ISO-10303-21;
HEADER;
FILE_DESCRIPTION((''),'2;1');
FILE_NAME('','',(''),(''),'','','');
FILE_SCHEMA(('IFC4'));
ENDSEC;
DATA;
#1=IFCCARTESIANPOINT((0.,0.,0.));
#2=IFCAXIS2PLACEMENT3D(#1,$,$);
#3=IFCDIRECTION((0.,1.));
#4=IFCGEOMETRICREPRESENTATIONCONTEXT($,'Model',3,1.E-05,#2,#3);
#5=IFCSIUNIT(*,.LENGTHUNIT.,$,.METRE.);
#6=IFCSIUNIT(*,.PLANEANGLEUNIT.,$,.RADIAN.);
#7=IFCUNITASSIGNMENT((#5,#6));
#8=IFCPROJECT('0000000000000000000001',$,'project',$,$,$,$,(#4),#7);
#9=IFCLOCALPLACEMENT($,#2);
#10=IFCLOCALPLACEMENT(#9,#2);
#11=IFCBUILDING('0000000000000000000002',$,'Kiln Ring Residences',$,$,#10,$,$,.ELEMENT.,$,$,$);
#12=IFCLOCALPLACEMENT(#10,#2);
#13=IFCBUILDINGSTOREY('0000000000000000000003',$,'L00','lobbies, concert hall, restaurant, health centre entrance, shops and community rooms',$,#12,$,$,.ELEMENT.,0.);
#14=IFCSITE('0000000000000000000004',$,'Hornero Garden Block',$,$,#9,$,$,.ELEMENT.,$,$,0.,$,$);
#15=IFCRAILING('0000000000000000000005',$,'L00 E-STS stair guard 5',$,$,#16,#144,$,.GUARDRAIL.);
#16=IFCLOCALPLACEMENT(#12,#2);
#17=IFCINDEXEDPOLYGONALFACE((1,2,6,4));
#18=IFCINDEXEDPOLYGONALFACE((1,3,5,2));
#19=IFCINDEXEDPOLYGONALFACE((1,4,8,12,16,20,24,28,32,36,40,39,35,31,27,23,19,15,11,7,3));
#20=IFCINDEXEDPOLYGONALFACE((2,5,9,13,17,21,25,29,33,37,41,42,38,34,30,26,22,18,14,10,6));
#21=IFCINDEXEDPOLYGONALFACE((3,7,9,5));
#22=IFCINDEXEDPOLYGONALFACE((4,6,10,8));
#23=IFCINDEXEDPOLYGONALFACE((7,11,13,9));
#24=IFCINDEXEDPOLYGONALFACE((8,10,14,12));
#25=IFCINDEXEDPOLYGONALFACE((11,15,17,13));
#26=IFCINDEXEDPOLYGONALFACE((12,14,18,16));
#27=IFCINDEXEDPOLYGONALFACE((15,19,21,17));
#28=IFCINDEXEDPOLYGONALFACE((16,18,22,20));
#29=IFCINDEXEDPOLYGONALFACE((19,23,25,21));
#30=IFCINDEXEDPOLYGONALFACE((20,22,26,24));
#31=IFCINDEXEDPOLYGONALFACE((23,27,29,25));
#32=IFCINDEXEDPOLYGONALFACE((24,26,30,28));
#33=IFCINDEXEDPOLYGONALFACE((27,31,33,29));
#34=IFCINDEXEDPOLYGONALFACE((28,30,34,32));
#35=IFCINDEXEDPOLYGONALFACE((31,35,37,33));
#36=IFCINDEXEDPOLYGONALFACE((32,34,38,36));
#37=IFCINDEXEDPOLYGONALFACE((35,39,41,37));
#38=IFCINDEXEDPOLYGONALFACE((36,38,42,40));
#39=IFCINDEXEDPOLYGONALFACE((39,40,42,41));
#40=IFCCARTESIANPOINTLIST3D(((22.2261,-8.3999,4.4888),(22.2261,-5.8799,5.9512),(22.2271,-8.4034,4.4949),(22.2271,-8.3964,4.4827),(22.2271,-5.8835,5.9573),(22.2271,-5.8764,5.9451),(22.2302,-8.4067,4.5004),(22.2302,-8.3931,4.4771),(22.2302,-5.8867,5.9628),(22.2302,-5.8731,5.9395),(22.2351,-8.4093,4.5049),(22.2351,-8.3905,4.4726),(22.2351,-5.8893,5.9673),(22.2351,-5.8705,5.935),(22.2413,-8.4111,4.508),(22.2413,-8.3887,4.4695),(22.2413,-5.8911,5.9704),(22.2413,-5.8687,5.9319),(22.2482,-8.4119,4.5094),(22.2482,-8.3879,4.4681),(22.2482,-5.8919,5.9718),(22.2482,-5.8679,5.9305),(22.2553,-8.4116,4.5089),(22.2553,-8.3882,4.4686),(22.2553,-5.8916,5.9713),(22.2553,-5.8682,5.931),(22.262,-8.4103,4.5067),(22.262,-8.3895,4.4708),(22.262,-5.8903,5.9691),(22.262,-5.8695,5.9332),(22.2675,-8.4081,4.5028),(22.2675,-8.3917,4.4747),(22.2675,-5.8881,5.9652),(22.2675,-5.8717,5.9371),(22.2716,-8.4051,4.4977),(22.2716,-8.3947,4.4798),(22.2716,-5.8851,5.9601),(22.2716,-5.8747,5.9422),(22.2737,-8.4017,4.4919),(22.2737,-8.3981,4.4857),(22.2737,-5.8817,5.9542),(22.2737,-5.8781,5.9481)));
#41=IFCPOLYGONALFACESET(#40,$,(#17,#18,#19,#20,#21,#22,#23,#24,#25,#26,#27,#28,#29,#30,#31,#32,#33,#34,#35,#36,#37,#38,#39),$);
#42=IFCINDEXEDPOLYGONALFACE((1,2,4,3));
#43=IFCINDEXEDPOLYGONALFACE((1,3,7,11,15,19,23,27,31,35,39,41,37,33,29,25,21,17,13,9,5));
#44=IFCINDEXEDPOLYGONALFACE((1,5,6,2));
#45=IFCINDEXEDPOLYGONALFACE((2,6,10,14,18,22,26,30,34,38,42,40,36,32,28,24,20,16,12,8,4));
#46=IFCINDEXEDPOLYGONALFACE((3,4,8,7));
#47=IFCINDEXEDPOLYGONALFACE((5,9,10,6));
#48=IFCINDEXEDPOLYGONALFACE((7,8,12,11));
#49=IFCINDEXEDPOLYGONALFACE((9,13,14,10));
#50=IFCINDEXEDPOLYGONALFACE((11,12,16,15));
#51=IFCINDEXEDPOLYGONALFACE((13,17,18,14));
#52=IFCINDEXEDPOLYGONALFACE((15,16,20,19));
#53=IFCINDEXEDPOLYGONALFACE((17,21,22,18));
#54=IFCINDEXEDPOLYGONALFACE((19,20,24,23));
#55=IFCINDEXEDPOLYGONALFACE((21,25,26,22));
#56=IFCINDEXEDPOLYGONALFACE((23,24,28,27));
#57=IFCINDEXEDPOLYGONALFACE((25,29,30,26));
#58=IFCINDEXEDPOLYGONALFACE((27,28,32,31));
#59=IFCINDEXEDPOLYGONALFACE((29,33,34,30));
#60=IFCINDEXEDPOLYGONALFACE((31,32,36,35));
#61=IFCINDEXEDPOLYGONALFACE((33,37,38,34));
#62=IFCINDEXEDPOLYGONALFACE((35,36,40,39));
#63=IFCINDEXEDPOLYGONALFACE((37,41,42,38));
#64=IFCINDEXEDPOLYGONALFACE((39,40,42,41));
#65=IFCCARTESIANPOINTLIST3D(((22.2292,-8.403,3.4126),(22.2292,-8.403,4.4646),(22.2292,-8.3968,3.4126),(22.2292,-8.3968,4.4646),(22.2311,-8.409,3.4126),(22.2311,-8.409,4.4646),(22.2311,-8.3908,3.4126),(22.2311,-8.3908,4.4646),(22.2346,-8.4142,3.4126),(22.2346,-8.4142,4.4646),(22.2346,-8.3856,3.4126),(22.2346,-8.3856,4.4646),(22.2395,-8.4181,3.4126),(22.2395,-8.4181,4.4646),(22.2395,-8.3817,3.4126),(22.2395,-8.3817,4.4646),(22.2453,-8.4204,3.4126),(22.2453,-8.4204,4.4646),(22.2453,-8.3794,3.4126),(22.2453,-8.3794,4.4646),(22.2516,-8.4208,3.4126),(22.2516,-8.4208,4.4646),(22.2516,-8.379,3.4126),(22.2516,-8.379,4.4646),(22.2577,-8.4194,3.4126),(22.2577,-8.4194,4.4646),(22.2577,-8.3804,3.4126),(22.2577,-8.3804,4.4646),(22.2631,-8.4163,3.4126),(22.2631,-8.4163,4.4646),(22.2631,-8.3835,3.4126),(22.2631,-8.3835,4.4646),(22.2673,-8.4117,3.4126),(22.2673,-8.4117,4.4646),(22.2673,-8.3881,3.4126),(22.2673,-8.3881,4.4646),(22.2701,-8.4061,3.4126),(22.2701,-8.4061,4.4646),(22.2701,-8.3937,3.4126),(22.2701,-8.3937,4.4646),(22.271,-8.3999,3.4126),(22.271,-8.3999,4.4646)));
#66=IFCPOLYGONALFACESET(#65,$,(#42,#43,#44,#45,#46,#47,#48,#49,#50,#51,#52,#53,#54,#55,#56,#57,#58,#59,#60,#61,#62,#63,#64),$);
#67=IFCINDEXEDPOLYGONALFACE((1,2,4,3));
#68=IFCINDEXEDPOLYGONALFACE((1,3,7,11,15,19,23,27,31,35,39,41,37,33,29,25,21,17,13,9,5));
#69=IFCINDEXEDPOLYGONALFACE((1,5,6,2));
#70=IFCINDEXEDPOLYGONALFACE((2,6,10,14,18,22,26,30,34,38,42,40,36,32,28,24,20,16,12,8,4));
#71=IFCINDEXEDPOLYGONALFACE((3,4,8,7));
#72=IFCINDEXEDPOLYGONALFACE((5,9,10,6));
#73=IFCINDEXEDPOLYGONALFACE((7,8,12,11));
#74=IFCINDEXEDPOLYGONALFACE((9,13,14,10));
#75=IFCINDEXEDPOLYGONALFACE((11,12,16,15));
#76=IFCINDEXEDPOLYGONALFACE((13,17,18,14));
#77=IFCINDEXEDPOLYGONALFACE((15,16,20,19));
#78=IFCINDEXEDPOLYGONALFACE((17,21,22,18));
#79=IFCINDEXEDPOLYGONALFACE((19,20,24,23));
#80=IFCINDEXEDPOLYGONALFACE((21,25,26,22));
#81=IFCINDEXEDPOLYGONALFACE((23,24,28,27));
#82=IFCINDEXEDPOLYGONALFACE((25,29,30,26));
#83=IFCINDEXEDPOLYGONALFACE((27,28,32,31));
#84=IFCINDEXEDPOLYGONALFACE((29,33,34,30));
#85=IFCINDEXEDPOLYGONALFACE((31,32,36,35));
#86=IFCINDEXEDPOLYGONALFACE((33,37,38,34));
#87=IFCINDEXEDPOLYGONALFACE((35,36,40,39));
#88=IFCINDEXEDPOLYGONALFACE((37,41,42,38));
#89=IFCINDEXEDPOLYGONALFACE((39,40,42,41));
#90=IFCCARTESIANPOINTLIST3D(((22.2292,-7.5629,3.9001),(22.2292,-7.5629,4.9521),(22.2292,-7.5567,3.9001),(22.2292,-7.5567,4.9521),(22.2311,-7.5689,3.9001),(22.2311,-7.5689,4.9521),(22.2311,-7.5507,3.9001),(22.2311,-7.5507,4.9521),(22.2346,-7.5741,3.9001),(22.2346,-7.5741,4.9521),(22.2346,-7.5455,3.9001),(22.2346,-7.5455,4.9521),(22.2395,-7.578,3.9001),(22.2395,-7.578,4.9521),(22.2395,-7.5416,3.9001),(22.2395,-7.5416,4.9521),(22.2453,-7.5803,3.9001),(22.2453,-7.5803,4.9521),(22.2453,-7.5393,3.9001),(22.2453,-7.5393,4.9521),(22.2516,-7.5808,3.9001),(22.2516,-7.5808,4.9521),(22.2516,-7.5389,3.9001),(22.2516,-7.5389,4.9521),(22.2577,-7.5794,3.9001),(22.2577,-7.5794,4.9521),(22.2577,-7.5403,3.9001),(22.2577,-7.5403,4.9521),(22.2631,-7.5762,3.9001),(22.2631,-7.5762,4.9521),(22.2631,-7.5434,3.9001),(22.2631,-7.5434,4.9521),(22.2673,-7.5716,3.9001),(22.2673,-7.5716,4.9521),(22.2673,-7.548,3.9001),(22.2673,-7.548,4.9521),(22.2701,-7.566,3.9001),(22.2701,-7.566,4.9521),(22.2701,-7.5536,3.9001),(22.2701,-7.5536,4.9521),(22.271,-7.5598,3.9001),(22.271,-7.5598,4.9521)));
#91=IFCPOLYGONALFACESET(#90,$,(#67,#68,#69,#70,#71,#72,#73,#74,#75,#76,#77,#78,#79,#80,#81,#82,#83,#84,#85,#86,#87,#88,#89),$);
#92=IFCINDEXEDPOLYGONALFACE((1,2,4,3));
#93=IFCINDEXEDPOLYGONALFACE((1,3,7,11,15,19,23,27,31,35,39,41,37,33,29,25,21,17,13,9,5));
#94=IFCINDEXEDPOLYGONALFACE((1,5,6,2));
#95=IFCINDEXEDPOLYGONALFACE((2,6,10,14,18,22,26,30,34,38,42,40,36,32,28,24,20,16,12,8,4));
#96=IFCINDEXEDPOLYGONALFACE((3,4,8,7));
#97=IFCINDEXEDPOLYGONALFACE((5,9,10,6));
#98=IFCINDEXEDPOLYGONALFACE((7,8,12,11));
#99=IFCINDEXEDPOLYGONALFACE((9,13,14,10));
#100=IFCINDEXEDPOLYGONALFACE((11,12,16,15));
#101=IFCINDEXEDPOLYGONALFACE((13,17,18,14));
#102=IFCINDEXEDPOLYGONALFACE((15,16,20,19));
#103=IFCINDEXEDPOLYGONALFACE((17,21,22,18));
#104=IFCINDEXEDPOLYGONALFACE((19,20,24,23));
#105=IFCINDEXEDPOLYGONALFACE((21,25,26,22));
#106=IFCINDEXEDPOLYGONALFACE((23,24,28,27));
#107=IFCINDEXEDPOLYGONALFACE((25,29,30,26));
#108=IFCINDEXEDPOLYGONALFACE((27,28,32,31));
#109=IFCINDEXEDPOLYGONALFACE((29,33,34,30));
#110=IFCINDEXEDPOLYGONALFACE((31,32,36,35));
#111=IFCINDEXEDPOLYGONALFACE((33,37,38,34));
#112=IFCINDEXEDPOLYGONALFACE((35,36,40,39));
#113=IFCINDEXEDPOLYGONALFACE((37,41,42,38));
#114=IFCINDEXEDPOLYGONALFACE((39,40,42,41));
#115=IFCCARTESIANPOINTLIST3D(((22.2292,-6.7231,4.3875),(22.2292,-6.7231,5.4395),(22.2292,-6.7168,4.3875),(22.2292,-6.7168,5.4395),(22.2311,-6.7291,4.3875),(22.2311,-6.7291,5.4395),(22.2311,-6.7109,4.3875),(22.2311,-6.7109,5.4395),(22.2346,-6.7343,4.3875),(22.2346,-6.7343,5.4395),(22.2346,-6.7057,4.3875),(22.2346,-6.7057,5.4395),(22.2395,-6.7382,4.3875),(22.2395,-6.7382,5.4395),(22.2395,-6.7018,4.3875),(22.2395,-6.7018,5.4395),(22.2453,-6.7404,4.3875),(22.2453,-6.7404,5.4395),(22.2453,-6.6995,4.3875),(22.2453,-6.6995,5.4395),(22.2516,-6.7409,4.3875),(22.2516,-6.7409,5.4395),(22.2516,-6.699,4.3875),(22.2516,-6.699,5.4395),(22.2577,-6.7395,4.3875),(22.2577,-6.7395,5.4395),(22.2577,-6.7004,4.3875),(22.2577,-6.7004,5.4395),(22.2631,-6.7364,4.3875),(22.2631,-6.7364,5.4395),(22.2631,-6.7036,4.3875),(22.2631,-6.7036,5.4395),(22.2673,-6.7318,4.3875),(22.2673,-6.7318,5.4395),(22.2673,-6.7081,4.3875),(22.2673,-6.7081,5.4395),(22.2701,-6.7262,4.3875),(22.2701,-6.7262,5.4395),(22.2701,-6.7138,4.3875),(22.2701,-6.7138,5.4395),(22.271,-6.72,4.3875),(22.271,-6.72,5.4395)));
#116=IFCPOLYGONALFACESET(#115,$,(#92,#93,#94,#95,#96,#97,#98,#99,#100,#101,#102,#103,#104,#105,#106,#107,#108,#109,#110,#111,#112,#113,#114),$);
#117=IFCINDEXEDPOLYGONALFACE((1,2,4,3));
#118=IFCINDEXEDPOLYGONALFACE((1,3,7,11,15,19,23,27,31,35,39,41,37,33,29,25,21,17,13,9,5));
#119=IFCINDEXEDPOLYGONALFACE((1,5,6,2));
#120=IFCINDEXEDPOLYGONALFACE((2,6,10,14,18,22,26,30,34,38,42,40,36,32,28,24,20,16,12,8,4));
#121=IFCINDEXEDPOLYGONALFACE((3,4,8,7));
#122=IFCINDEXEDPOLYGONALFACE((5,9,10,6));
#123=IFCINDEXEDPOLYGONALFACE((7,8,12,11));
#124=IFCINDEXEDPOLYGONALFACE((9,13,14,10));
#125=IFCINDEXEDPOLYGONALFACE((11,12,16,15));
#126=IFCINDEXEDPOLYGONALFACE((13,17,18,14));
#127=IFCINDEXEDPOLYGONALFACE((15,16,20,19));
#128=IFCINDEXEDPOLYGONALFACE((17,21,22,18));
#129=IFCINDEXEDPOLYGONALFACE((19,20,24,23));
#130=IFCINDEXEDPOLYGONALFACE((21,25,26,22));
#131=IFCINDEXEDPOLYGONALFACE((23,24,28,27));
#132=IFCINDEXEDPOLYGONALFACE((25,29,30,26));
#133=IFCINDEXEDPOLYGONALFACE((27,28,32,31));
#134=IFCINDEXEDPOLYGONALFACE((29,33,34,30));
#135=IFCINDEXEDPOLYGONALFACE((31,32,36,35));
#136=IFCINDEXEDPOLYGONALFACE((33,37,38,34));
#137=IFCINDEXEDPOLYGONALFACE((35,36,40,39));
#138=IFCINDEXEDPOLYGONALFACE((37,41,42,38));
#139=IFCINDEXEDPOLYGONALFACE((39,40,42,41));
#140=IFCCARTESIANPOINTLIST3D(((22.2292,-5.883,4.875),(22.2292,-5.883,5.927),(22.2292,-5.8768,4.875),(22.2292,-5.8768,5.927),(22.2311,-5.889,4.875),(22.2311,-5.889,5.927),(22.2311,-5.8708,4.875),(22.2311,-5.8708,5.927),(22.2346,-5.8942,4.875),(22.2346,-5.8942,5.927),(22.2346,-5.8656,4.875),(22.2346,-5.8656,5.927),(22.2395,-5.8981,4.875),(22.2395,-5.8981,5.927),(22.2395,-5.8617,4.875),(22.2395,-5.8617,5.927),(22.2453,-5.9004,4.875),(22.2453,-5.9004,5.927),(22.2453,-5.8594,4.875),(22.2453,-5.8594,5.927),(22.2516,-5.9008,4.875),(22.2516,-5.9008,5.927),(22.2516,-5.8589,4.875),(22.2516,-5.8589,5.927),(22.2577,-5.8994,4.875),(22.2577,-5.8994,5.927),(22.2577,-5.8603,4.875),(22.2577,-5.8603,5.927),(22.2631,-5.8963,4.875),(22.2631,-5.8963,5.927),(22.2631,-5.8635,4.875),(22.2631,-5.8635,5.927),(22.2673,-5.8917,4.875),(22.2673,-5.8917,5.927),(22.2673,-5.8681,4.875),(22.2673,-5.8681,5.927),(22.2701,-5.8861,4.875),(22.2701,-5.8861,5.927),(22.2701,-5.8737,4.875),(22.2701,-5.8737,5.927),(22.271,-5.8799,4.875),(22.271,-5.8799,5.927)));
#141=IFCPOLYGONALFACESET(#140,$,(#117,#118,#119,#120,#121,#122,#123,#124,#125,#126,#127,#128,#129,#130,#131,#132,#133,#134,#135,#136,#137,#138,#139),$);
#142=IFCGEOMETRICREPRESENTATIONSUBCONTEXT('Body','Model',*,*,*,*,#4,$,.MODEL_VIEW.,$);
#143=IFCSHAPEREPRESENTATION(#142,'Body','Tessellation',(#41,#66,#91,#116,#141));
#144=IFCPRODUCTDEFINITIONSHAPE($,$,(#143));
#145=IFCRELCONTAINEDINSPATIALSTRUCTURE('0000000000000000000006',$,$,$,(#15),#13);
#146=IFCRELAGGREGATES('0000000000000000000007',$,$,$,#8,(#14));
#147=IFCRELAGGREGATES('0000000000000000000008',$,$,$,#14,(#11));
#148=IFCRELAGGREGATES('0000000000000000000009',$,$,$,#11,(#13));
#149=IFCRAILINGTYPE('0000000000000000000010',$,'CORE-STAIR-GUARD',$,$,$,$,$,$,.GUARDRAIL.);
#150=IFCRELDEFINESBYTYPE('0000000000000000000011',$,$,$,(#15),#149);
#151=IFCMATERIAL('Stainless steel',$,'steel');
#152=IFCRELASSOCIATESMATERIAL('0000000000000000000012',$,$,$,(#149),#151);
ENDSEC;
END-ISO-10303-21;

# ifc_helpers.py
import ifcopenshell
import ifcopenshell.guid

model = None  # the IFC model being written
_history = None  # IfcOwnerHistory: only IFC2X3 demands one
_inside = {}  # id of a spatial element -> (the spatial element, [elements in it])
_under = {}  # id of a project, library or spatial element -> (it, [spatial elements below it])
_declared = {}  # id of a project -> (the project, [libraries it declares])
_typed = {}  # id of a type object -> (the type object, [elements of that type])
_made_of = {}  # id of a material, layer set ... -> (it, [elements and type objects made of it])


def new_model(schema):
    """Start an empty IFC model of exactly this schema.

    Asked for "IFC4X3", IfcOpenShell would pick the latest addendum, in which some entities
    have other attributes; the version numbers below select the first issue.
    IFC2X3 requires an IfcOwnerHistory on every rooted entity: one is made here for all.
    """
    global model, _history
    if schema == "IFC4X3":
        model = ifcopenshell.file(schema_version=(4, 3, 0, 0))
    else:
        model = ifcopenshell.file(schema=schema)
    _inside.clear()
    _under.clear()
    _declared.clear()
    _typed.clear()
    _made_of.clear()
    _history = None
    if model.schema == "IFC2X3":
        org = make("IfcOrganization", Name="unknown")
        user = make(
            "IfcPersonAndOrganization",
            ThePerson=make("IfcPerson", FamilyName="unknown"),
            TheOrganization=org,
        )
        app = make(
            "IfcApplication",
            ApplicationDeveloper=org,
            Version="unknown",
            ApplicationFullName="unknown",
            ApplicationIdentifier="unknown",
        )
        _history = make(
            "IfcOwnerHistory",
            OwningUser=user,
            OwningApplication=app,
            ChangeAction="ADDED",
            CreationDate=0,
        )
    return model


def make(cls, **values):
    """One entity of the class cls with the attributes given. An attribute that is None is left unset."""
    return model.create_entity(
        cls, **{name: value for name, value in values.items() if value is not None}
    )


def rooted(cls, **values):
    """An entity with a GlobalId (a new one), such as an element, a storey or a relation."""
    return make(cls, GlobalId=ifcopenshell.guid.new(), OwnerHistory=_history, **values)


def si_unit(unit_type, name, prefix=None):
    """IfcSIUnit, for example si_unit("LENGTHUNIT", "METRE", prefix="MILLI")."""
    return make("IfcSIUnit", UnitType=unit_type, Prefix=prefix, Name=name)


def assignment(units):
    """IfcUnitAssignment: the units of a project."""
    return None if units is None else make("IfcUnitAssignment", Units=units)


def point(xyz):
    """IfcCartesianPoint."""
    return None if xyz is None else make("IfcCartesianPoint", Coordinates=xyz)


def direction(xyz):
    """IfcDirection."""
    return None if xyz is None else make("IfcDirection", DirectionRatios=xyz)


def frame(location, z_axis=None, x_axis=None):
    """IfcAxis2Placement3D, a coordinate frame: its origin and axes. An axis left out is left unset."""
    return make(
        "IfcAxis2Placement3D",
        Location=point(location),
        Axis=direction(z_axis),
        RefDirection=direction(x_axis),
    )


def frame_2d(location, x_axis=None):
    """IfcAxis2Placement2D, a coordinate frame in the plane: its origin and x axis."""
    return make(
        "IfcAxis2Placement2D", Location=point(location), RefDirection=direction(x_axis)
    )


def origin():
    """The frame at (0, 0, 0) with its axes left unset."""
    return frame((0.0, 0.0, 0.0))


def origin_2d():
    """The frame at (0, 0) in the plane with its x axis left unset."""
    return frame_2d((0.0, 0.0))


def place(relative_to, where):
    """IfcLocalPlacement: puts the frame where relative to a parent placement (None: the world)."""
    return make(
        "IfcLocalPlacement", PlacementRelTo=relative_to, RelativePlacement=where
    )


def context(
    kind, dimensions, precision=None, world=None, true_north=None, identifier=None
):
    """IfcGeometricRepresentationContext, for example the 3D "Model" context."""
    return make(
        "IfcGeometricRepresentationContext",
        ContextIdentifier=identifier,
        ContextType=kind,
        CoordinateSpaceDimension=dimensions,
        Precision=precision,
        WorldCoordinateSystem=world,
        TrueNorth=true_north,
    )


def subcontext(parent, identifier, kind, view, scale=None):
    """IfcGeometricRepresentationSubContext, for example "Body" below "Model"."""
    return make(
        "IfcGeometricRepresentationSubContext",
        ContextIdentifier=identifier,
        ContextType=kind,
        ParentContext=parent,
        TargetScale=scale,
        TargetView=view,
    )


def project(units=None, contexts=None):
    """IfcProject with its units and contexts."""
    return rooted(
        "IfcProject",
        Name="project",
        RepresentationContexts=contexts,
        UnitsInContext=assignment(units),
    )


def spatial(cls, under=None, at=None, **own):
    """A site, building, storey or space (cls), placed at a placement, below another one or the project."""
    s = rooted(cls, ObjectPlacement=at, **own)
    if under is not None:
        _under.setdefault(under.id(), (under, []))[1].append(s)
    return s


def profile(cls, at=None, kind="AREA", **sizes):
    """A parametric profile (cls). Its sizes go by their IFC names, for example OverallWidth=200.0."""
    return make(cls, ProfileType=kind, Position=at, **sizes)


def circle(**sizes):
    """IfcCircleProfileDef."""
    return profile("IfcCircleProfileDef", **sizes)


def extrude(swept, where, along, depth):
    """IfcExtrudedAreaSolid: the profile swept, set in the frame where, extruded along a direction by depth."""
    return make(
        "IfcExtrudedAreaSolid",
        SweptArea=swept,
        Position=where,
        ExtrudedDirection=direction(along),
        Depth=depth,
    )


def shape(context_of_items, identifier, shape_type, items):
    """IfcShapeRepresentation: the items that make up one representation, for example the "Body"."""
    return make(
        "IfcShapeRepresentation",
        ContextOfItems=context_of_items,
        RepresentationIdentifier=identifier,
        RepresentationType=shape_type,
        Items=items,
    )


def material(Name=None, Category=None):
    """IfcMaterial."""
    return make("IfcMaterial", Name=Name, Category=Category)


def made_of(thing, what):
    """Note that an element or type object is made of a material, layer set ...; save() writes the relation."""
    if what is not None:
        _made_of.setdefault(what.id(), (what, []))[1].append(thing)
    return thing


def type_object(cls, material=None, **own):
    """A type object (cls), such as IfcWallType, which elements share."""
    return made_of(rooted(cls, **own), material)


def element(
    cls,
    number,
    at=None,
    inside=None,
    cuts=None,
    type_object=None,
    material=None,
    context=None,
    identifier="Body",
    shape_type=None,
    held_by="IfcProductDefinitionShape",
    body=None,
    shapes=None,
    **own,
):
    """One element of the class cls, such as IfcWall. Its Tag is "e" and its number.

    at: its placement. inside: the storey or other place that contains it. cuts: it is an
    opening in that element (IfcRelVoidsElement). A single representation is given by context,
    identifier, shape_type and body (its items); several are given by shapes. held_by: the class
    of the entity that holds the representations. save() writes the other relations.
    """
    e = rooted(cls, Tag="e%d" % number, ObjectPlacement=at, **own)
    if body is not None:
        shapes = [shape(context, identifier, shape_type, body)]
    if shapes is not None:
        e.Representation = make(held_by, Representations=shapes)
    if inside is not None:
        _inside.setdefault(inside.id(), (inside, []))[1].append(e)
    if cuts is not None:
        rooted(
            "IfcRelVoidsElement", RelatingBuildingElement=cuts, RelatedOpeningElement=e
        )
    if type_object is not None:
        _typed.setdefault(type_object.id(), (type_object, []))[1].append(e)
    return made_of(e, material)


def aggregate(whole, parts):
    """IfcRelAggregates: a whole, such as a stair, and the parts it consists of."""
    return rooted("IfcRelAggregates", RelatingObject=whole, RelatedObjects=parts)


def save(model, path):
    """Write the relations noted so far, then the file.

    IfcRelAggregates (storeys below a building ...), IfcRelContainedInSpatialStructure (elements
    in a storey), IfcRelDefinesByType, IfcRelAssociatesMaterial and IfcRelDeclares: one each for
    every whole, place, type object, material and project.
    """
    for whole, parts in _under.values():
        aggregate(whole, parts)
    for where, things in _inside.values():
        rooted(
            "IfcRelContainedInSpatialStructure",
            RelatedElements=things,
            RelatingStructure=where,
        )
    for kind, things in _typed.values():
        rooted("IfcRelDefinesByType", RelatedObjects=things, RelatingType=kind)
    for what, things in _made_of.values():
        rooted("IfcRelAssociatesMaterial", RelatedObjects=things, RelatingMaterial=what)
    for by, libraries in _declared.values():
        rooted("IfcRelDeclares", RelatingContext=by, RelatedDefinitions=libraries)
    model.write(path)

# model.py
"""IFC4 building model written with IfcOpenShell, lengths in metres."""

from ifc_helpers import new_model, si_unit, direction, frame, origin, origin_2d, place, context, subcontext, project, spatial, circle, extrude, material, type_object, element, save


model = new_model("IFC4")

# Units and contexts
model_context = context("Model", 3, precision=1e-05, world=origin(), true_north=direction((0.0, 1.0)))
body_context = subcontext(model_context, "Body", "Model", "MODEL_VIEW")
ifc_project = project(units=[si_unit("LENGTHUNIT", "METRE"), si_unit("PLANEANGLEUNIT", "RADIAN")], contexts=[model_context])

# Site, building, storey
site_placement = place(None, origin())
site = spatial("IfcSite", under=ifc_project, at=site_placement, Name="Hornero Garden Block", CompositionType="ELEMENT", RefElevation=0.0)
building_placement = place(site_placement, origin())
building = spatial("IfcBuilding", under=site, at=building_placement, Name="Kiln Ring Residences", CompositionType="ELEMENT")
storey_placement = place(building_placement, origin())
storey = spatial("IfcBuildingStorey", under=building, at=storey_placement, Name="L00", Description="lobbies, concert hall, restaurant, health centre entrance, shops and community rooms", CompositionType="ELEMENT", Elevation=0.0)

# Railing
ifc_material_1 = material(Name="Stainless steel", Category="steel")
railing_type_1 = type_object("IfcRailingType", Name="CORE-STAIR-GUARD", PredefinedType="GUARDRAIL", material=ifc_material_1)
for number, where, name in (
    (1, (22.25, -8.3999, 3.4126), "L00 E-STS stair guard 5"),
):
    element("IfcRailing", number, at=place(storey_placement, frame(where)), inside=storey, type_object=railing_type_1, Name=name, PredefinedType="GUARDRAIL", context=body_context, shape_type="SweptSolid", body=[
        extrude(circle(Radius=0.0239, at=origin_2d()), frame((0.0, 0.0, 1.0762), z_axis=(0.0, 0.864913, 0.501921), x_axis=(-1.0, 0.0, 0.0)), (0.0, 0.0, 1.0), 2.9136),
        extrude(circle(Radius=0.021, at=origin_2d()), origin(), (0.0, 0.0, 1.0), 1.052),
        extrude(circle(Radius=0.021, at=origin_2d()), frame((0.0, 0.8401, 0.4875)), (0.0, 0.0, 1.0), 1.052),
        extrude(circle(Radius=0.021, at=origin_2d()), frame((0.0, 1.6799, 0.9749)), (0.0, 0.0, 1.0), 1.052),
        extrude(circle(Radius=0.021, at=origin_2d()), frame((0.0, 2.52, 1.4624)), (0.0, 0.0, 1.0), 1.052),
    ])

save(model, "model.ifc")
